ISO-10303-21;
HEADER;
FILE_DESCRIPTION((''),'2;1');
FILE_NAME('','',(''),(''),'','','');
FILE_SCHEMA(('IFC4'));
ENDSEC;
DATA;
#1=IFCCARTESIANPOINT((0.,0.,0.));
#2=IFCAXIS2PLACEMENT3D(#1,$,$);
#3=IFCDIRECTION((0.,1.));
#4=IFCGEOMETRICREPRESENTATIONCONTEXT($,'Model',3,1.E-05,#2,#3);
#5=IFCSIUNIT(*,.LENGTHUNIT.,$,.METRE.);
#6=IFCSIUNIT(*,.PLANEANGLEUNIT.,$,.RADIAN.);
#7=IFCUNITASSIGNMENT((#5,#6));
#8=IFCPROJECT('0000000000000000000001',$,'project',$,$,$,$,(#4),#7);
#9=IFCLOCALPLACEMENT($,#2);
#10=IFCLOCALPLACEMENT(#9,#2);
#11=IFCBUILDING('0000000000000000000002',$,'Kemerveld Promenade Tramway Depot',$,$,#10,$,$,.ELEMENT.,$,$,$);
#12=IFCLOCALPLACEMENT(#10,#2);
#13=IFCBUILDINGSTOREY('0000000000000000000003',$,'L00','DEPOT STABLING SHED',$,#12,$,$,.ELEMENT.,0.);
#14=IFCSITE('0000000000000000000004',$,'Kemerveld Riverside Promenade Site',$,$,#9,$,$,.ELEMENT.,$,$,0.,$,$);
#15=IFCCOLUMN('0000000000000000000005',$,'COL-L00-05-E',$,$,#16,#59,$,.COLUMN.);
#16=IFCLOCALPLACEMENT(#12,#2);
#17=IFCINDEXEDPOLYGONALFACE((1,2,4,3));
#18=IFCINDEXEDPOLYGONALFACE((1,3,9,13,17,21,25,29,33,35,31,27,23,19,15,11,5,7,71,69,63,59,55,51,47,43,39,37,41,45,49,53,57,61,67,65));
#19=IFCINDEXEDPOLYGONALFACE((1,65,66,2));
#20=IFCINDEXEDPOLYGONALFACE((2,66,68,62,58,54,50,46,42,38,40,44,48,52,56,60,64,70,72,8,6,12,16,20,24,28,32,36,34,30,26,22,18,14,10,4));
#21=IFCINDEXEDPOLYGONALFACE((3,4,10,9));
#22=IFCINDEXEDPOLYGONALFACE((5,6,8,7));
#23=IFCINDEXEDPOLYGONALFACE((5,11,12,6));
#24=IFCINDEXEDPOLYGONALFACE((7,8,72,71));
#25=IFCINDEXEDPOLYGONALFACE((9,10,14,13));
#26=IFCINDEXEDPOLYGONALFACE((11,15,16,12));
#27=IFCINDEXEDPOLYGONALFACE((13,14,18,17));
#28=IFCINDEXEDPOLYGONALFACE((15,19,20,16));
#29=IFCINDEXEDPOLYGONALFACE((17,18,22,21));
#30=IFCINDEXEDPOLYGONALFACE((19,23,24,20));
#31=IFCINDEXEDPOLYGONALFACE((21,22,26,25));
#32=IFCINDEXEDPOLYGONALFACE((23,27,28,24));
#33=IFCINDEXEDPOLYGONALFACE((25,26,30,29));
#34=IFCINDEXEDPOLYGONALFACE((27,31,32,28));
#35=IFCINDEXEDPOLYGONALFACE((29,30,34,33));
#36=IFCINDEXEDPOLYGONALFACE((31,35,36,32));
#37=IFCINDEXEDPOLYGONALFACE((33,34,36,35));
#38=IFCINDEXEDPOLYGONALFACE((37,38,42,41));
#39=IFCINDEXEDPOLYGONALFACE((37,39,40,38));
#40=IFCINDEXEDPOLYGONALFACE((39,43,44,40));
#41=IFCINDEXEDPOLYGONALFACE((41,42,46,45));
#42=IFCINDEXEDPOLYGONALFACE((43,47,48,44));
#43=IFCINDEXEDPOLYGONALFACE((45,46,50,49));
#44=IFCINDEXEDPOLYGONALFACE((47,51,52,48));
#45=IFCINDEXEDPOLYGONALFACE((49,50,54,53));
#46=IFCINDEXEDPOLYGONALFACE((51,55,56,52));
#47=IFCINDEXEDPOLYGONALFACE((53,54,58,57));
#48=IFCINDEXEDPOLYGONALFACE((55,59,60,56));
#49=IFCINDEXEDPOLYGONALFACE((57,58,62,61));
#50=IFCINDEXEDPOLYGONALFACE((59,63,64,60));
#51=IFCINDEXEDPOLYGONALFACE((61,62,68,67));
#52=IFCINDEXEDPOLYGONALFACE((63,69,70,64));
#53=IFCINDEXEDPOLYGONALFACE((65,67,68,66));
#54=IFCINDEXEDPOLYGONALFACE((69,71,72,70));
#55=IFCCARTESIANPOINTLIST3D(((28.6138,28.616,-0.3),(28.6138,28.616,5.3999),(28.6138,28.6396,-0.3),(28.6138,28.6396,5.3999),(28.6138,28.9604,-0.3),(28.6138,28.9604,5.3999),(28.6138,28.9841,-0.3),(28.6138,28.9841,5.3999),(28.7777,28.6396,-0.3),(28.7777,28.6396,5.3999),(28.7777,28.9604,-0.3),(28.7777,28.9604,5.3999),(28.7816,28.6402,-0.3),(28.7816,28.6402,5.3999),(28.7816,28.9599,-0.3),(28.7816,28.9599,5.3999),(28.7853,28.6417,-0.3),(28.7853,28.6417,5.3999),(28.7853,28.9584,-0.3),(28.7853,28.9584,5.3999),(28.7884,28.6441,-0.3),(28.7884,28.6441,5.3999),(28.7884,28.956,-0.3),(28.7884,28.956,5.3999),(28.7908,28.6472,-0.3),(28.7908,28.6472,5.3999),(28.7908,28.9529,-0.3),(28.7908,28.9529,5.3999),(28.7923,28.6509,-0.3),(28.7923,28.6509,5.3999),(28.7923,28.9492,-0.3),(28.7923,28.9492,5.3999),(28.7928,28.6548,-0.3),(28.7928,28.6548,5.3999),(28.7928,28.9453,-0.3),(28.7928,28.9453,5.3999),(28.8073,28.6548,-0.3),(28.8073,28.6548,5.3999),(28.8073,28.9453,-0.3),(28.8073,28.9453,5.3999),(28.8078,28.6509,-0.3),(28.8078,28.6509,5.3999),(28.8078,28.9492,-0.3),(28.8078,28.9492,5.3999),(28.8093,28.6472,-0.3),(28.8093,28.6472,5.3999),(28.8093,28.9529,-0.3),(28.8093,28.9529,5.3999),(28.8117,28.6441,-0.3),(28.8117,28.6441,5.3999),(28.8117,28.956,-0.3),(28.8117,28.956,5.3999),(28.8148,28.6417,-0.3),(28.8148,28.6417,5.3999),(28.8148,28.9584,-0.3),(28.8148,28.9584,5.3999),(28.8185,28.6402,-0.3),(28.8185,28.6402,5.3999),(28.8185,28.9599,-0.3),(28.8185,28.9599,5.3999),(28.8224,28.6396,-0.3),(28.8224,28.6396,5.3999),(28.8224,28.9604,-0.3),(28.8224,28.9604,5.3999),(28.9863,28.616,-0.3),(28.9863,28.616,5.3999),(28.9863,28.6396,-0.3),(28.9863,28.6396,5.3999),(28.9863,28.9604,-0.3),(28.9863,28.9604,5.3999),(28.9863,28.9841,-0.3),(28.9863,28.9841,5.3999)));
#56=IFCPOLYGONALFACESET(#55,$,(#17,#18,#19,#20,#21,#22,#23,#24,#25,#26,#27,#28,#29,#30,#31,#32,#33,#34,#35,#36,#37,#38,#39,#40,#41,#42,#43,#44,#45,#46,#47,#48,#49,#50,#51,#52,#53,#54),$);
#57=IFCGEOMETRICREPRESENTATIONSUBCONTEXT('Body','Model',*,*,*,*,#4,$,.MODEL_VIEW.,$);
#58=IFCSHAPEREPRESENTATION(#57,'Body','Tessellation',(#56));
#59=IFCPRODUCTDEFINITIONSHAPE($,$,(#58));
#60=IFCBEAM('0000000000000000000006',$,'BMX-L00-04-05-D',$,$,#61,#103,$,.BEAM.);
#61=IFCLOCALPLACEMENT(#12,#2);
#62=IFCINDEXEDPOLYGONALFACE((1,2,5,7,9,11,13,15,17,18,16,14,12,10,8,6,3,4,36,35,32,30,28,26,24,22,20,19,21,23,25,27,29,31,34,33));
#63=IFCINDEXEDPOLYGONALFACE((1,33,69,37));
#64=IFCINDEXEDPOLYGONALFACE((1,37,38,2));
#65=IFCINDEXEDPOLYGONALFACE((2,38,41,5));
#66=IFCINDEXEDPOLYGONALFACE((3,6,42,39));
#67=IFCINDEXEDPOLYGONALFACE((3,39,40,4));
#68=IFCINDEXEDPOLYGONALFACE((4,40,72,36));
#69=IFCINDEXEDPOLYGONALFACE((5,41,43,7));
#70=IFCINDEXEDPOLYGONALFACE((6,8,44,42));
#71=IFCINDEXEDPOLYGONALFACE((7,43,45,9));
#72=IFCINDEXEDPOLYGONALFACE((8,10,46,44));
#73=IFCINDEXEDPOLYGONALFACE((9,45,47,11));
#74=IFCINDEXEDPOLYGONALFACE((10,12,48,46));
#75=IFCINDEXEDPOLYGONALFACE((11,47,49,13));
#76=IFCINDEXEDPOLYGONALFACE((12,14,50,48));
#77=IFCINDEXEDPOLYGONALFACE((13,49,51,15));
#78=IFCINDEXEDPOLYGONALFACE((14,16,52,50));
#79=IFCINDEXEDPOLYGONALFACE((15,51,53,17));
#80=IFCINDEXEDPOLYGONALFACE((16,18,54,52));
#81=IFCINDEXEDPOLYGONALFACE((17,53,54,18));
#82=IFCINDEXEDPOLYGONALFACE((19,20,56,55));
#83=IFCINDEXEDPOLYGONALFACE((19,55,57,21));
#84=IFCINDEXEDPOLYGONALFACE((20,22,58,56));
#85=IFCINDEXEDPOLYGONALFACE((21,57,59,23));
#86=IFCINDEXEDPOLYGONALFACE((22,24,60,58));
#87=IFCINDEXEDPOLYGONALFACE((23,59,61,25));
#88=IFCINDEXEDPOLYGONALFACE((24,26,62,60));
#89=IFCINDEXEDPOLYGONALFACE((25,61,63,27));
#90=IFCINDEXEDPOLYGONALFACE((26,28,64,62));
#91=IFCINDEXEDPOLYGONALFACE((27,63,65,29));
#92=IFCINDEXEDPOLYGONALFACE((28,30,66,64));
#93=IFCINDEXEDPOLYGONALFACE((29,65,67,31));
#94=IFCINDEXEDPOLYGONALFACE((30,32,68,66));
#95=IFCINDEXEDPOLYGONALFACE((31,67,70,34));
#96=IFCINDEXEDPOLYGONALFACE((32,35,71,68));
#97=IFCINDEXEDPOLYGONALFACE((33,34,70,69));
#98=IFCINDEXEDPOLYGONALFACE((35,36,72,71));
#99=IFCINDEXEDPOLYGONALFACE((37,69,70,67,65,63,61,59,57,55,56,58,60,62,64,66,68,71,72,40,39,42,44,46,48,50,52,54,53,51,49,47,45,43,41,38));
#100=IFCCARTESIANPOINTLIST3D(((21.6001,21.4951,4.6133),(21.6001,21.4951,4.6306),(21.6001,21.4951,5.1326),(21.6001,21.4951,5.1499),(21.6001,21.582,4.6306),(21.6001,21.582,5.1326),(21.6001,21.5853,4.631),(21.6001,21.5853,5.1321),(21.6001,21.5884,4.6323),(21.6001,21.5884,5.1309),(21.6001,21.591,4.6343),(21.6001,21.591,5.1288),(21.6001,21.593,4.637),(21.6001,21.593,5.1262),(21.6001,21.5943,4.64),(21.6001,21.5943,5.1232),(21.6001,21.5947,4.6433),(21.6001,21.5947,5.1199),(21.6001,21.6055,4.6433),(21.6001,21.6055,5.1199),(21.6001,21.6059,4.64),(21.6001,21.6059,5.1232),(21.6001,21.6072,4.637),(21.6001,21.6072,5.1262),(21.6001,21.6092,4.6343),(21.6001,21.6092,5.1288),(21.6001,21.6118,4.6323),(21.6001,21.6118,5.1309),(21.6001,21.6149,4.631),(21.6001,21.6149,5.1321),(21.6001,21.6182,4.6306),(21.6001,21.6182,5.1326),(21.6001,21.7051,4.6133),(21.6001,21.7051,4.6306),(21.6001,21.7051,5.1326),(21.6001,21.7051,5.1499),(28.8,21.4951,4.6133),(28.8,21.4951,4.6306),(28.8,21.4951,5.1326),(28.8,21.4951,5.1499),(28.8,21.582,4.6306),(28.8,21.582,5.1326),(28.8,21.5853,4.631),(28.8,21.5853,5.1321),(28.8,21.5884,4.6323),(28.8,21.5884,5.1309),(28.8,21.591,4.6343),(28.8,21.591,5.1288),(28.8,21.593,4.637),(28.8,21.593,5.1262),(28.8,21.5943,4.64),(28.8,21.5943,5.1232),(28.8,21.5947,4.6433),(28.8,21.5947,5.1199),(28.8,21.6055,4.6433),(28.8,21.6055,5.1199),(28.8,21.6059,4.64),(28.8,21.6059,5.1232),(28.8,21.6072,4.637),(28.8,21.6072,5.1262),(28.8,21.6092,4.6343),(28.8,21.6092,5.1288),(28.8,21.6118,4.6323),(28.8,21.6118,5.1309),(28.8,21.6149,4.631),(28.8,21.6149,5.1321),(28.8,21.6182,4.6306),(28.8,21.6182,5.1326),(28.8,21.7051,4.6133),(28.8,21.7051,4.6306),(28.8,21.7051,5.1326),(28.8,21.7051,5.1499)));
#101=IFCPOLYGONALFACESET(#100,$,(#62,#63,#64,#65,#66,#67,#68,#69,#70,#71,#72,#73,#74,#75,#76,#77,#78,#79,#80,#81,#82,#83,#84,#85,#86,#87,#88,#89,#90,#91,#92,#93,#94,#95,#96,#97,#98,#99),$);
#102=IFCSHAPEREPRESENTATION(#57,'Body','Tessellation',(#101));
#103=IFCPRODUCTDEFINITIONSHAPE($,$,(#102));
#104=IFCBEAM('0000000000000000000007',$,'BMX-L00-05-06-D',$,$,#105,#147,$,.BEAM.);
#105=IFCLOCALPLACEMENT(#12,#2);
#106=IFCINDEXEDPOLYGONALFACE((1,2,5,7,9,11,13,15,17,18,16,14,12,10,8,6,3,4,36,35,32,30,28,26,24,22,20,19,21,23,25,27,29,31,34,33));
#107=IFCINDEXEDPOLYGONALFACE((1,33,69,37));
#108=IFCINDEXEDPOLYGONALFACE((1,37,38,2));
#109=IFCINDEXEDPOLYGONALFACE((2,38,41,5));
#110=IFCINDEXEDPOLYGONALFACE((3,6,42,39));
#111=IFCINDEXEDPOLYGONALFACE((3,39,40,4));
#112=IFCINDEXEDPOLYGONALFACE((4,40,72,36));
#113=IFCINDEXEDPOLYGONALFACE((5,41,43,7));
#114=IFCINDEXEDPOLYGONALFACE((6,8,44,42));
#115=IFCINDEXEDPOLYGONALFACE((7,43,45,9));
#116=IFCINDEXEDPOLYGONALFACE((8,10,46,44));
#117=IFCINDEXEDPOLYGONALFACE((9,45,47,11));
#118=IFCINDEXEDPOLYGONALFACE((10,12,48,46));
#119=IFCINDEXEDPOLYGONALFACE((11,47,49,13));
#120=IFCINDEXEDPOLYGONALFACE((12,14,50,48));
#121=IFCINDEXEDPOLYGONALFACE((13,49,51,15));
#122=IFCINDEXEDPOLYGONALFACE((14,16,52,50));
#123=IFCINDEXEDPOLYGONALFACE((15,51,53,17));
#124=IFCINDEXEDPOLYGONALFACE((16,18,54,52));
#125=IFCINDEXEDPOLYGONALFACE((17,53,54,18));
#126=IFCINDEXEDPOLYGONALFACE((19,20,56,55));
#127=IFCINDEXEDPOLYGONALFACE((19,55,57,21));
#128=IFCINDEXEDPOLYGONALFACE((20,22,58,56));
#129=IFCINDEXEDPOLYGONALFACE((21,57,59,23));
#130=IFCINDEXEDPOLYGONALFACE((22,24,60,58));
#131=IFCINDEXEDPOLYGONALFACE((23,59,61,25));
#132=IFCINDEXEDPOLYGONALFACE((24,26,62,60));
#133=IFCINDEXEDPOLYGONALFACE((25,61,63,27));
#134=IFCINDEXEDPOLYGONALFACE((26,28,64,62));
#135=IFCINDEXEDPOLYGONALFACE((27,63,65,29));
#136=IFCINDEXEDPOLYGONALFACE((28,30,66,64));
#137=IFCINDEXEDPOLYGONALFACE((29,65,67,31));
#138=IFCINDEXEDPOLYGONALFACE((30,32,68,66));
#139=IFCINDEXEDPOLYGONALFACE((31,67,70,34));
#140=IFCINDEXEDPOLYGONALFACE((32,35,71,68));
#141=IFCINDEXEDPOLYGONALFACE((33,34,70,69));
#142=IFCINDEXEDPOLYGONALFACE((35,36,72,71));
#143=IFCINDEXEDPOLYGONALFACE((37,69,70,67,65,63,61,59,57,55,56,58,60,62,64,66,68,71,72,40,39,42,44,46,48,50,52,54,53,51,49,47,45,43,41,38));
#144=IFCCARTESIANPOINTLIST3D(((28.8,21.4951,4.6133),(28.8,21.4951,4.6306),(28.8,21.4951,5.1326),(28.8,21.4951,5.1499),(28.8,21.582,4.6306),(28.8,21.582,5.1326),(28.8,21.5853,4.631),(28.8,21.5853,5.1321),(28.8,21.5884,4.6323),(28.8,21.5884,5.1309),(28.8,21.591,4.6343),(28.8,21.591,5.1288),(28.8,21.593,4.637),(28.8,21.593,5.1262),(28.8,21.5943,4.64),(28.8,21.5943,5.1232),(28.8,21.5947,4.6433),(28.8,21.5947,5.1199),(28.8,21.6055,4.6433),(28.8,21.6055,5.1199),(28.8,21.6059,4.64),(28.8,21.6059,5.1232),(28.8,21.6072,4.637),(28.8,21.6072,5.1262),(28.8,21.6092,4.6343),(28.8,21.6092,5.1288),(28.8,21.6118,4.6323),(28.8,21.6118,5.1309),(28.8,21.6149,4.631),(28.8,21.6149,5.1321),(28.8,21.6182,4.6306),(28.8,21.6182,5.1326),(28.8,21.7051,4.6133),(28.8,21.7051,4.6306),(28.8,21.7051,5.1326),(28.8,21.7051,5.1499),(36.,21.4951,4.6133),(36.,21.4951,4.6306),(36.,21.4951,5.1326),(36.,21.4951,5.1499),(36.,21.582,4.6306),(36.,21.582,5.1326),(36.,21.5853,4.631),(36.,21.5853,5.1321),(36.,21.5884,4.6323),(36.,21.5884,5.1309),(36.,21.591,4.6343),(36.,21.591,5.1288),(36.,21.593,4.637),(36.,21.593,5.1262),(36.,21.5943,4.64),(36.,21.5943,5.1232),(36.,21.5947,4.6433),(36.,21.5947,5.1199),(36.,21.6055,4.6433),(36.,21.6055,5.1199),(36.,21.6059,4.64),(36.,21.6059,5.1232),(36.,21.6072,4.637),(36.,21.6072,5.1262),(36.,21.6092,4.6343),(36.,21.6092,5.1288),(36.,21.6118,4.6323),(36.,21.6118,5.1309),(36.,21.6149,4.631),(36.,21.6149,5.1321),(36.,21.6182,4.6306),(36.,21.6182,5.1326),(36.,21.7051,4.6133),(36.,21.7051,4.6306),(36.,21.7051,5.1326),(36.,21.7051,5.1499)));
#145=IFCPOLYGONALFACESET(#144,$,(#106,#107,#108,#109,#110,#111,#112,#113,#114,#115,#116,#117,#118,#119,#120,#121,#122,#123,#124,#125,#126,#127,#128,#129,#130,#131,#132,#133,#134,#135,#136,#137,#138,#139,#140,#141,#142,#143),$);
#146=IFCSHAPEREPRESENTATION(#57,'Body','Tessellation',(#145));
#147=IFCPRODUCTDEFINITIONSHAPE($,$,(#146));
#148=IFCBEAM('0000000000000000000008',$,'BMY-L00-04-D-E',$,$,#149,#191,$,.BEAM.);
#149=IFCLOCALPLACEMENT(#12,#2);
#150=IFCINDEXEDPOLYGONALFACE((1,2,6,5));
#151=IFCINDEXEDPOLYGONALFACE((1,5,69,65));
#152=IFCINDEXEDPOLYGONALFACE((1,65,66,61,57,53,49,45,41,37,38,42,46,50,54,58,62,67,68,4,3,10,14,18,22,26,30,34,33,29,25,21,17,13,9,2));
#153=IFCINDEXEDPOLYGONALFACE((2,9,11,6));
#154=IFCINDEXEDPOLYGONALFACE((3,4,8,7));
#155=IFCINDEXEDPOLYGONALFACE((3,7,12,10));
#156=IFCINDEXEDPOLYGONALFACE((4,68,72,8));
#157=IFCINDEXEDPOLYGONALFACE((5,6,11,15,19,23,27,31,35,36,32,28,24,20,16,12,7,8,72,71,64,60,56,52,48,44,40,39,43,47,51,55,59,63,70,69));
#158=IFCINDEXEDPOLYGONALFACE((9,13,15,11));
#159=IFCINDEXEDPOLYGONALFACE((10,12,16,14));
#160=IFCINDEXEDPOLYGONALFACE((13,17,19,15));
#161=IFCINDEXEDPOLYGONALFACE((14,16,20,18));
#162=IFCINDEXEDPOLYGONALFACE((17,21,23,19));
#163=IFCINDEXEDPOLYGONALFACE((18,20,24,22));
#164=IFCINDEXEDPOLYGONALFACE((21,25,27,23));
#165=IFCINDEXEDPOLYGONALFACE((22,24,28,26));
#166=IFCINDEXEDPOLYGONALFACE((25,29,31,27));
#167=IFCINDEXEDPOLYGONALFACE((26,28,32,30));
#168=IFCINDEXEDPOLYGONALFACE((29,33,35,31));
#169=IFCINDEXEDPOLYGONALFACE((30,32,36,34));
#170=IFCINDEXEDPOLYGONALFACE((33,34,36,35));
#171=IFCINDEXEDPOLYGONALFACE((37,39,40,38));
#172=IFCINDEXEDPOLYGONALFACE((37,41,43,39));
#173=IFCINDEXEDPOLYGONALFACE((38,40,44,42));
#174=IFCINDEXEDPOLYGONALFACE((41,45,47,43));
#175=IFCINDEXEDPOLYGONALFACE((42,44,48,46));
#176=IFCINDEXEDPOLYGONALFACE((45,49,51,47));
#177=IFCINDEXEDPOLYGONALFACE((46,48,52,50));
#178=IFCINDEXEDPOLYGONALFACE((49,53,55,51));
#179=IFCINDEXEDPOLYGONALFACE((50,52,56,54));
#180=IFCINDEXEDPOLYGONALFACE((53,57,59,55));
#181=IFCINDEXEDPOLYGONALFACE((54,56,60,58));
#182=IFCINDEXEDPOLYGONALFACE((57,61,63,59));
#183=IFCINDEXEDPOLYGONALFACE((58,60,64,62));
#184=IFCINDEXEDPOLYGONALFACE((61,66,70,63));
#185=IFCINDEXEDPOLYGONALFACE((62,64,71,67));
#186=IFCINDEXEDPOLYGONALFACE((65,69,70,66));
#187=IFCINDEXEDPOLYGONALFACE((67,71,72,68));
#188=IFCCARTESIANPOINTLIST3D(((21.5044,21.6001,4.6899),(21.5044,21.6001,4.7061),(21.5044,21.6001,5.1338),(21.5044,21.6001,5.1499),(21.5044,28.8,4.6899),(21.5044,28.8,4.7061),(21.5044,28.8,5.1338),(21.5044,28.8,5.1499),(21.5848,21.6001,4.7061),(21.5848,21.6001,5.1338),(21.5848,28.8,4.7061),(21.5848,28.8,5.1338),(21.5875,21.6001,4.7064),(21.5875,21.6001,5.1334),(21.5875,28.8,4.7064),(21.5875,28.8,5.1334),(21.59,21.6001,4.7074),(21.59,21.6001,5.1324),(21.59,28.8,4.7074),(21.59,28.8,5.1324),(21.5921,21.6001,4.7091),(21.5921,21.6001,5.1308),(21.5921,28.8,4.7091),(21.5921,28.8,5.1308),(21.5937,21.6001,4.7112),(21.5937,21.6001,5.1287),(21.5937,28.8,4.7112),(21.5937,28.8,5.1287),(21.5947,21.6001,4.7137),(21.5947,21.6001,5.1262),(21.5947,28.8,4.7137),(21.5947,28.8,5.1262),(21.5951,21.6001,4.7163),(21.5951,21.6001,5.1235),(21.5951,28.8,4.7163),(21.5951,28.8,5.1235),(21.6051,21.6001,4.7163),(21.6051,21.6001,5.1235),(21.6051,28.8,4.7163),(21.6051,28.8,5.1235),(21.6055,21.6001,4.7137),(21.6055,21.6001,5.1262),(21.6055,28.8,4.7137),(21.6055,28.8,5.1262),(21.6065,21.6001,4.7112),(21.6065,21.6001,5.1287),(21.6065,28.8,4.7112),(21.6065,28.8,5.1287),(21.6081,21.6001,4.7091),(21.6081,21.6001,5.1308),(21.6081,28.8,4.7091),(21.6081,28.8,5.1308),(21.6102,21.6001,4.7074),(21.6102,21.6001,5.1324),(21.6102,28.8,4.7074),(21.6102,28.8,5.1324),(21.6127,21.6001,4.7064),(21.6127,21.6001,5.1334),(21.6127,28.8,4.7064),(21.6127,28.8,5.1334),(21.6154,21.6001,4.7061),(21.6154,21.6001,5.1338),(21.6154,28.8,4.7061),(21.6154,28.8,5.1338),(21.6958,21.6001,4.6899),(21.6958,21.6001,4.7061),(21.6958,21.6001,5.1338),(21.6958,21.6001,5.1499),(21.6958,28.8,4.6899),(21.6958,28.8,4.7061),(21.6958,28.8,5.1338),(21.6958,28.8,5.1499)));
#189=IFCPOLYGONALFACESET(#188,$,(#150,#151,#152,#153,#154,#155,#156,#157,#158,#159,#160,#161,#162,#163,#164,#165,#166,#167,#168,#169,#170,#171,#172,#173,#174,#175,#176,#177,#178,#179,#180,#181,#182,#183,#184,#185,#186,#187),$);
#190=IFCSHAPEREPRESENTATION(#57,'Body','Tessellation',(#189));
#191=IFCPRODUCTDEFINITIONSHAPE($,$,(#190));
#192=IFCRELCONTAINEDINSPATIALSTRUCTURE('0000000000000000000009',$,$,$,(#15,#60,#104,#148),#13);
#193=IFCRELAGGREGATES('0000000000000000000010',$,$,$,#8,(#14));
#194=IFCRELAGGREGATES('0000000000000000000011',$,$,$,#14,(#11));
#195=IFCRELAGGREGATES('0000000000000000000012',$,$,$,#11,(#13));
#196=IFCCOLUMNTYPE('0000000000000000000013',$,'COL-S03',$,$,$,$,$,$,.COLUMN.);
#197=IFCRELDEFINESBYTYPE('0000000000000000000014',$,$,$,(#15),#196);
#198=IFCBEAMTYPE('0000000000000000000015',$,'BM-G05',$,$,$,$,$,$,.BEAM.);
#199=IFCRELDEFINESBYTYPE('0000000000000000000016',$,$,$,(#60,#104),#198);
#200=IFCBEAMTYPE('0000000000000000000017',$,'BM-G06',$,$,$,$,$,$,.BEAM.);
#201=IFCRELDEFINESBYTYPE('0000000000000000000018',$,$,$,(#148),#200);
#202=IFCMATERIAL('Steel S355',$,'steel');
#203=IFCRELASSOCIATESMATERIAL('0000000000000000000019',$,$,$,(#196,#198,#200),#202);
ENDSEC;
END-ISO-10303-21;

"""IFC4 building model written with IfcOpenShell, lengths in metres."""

from ifc_helpers import new_model, si_unit, direction, frame, origin, origin_2d, place, context, subcontext, project, spatial, i_section, extrude, material, material_profile, profile_set, type_object, element, save


model = new_model("IFC4")

# Units and contexts
model_context = context("Model", 3, precision=1e-05, world=origin(), true_north=direction((0.0, 1.0)))
body_context = subcontext(model_context, "Body", "Model", "MODEL_VIEW")
ifc_project = project(units=[si_unit("LENGTHUNIT", "METRE"), si_unit("PLANEANGLEUNIT", "RADIAN")], contexts=[model_context])

# Site, building, storey
site_placement = place(None, origin())
site = spatial("IfcSite", under=ifc_project, at=site_placement, Name="Kemerveld Riverside Promenade Site", CompositionType="ELEMENT", RefElevation=0.0)
building_placement = place(site_placement, origin())
building = spatial("IfcBuilding", under=site, at=building_placement, Name="Kemerveld Promenade Tramway Depot", CompositionType="ELEMENT")
storey_placement = place(building_placement, origin())
storey = spatial("IfcBuildingStorey", under=building, at=storey_placement, Name="L00", Description="DEPOT STABLING SHED", CompositionType="ELEMENT", Elevation=0.0)

# Column
ifc_material_1 = material(Name="Steel S355", Category="steel")
ifc_material_profile_1 = material_profile(ifc_material_1, i_section(OverallWidth=0.3726, OverallDepth=0.3682, WebThickness=0.0144, FlangeThickness=0.0237, FilletRadius=0.0151, at=origin_2d()), Name="356x368x177 UC")
ifc_profile_set_1 = profile_set([ifc_material_profile_1], Name="Steel S355")
column_type = type_object("IfcColumnType", Name="COL-S03", PredefinedType="COLUMN", material=ifc_profile_set_1)
for number, where, z_axis, x_axis, name in (
    (1, (28.8, 28.8, -0.3), (0.0, 0.0, 1.0), (1.0, 0.0, 0.0), "COL-L00-05-E"),
):
    element("IfcColumn", number, at=place(storey_placement, frame(where, z_axis=z_axis, x_axis=x_axis)), inside=storey, type_object=column_type, Name=name, PredefinedType="COLUMN", context=body_context, shape_type="SweptSolid", body=[
        extrude(i_section(OverallWidth=0.3726, OverallDepth=0.3682, WebThickness=0.0144, FlangeThickness=0.0237, FilletRadius=0.0151, at=origin_2d()), origin(), (0.0, 0.0, 1.0), 5.7),
    ])

# Beams
ifc_material_profile_2 = material_profile(ifc_material_1, i_section(OverallWidth=0.21, OverallDepth=0.5366, WebThickness=0.0107, FlangeThickness=0.0173, FilletRadius=0.0127, at=origin_2d()), Name="533x210x101 UB")
ifc_profile_set_2 = profile_set([ifc_material_profile_2], Name="Steel S355")
beam_type_1 = type_object("IfcBeamType", Name="BM-G05", PredefinedType="BEAM", material=ifc_profile_set_2)
for number, where, z_axis, x_axis, name in (
    (2, (21.6001, 21.6001, 4.8816), (1.0, 0.0, 0.0), (0.0, 1.0, 0.0), "BMX-L00-04-05-D"),
    (3, (28.8, 21.6001, 4.8816), (1.0, 0.0, 0.0), (0.0, 1.0, 0.0), "BMX-L00-05-06-D"),
):
    element("IfcBeam", number, at=place(storey_placement, frame(where, z_axis=z_axis, x_axis=x_axis)), inside=storey, type_object=beam_type_1, Name=name, PredefinedType="BEAM", context=body_context, shape_type="SweptSolid", body=[
        extrude(i_section(OverallWidth=0.21, OverallDepth=0.5366, WebThickness=0.0107, FlangeThickness=0.0173, FilletRadius=0.0127, at=origin_2d()), origin(), (0.0, 0.0, 1.0), 7.2),
    ])
ifc_material_profile_3 = material_profile(ifc_material_1, i_section(OverallWidth=0.1914, OverallDepth=0.46, WebThickness=0.01, FlangeThickness=0.0161, FilletRadius=0.0103, at=origin_2d()), Name="457x191x82 UB")
ifc_profile_set_3 = profile_set([ifc_material_profile_3], Name="Steel S355")
beam_type_2 = type_object("IfcBeamType", Name="BM-G06", PredefinedType="BEAM", material=ifc_profile_set_3)
for number, where, z_axis, x_axis, name in (
    (4, (21.6001, 21.6001, 4.9199), (0.0, 1.0, 0.0), (-1.0, 0.0, 0.0), "BMY-L00-04-D-E"),
):
    element("IfcBeam", number, at=place(storey_placement, frame(where, z_axis=z_axis, x_axis=x_axis)), inside=storey, type_object=beam_type_2, Name=name, PredefinedType="BEAM", context=body_context, shape_type="SweptSolid", body=[
        extrude(i_section(OverallWidth=0.1914, OverallDepth=0.46, WebThickness=0.01, FlangeThickness=0.0161, FilletRadius=0.0103, at=origin_2d()), origin(), (0.0, 0.0, 1.0), 7.2),
    ])

save(model, "model.ifc")
